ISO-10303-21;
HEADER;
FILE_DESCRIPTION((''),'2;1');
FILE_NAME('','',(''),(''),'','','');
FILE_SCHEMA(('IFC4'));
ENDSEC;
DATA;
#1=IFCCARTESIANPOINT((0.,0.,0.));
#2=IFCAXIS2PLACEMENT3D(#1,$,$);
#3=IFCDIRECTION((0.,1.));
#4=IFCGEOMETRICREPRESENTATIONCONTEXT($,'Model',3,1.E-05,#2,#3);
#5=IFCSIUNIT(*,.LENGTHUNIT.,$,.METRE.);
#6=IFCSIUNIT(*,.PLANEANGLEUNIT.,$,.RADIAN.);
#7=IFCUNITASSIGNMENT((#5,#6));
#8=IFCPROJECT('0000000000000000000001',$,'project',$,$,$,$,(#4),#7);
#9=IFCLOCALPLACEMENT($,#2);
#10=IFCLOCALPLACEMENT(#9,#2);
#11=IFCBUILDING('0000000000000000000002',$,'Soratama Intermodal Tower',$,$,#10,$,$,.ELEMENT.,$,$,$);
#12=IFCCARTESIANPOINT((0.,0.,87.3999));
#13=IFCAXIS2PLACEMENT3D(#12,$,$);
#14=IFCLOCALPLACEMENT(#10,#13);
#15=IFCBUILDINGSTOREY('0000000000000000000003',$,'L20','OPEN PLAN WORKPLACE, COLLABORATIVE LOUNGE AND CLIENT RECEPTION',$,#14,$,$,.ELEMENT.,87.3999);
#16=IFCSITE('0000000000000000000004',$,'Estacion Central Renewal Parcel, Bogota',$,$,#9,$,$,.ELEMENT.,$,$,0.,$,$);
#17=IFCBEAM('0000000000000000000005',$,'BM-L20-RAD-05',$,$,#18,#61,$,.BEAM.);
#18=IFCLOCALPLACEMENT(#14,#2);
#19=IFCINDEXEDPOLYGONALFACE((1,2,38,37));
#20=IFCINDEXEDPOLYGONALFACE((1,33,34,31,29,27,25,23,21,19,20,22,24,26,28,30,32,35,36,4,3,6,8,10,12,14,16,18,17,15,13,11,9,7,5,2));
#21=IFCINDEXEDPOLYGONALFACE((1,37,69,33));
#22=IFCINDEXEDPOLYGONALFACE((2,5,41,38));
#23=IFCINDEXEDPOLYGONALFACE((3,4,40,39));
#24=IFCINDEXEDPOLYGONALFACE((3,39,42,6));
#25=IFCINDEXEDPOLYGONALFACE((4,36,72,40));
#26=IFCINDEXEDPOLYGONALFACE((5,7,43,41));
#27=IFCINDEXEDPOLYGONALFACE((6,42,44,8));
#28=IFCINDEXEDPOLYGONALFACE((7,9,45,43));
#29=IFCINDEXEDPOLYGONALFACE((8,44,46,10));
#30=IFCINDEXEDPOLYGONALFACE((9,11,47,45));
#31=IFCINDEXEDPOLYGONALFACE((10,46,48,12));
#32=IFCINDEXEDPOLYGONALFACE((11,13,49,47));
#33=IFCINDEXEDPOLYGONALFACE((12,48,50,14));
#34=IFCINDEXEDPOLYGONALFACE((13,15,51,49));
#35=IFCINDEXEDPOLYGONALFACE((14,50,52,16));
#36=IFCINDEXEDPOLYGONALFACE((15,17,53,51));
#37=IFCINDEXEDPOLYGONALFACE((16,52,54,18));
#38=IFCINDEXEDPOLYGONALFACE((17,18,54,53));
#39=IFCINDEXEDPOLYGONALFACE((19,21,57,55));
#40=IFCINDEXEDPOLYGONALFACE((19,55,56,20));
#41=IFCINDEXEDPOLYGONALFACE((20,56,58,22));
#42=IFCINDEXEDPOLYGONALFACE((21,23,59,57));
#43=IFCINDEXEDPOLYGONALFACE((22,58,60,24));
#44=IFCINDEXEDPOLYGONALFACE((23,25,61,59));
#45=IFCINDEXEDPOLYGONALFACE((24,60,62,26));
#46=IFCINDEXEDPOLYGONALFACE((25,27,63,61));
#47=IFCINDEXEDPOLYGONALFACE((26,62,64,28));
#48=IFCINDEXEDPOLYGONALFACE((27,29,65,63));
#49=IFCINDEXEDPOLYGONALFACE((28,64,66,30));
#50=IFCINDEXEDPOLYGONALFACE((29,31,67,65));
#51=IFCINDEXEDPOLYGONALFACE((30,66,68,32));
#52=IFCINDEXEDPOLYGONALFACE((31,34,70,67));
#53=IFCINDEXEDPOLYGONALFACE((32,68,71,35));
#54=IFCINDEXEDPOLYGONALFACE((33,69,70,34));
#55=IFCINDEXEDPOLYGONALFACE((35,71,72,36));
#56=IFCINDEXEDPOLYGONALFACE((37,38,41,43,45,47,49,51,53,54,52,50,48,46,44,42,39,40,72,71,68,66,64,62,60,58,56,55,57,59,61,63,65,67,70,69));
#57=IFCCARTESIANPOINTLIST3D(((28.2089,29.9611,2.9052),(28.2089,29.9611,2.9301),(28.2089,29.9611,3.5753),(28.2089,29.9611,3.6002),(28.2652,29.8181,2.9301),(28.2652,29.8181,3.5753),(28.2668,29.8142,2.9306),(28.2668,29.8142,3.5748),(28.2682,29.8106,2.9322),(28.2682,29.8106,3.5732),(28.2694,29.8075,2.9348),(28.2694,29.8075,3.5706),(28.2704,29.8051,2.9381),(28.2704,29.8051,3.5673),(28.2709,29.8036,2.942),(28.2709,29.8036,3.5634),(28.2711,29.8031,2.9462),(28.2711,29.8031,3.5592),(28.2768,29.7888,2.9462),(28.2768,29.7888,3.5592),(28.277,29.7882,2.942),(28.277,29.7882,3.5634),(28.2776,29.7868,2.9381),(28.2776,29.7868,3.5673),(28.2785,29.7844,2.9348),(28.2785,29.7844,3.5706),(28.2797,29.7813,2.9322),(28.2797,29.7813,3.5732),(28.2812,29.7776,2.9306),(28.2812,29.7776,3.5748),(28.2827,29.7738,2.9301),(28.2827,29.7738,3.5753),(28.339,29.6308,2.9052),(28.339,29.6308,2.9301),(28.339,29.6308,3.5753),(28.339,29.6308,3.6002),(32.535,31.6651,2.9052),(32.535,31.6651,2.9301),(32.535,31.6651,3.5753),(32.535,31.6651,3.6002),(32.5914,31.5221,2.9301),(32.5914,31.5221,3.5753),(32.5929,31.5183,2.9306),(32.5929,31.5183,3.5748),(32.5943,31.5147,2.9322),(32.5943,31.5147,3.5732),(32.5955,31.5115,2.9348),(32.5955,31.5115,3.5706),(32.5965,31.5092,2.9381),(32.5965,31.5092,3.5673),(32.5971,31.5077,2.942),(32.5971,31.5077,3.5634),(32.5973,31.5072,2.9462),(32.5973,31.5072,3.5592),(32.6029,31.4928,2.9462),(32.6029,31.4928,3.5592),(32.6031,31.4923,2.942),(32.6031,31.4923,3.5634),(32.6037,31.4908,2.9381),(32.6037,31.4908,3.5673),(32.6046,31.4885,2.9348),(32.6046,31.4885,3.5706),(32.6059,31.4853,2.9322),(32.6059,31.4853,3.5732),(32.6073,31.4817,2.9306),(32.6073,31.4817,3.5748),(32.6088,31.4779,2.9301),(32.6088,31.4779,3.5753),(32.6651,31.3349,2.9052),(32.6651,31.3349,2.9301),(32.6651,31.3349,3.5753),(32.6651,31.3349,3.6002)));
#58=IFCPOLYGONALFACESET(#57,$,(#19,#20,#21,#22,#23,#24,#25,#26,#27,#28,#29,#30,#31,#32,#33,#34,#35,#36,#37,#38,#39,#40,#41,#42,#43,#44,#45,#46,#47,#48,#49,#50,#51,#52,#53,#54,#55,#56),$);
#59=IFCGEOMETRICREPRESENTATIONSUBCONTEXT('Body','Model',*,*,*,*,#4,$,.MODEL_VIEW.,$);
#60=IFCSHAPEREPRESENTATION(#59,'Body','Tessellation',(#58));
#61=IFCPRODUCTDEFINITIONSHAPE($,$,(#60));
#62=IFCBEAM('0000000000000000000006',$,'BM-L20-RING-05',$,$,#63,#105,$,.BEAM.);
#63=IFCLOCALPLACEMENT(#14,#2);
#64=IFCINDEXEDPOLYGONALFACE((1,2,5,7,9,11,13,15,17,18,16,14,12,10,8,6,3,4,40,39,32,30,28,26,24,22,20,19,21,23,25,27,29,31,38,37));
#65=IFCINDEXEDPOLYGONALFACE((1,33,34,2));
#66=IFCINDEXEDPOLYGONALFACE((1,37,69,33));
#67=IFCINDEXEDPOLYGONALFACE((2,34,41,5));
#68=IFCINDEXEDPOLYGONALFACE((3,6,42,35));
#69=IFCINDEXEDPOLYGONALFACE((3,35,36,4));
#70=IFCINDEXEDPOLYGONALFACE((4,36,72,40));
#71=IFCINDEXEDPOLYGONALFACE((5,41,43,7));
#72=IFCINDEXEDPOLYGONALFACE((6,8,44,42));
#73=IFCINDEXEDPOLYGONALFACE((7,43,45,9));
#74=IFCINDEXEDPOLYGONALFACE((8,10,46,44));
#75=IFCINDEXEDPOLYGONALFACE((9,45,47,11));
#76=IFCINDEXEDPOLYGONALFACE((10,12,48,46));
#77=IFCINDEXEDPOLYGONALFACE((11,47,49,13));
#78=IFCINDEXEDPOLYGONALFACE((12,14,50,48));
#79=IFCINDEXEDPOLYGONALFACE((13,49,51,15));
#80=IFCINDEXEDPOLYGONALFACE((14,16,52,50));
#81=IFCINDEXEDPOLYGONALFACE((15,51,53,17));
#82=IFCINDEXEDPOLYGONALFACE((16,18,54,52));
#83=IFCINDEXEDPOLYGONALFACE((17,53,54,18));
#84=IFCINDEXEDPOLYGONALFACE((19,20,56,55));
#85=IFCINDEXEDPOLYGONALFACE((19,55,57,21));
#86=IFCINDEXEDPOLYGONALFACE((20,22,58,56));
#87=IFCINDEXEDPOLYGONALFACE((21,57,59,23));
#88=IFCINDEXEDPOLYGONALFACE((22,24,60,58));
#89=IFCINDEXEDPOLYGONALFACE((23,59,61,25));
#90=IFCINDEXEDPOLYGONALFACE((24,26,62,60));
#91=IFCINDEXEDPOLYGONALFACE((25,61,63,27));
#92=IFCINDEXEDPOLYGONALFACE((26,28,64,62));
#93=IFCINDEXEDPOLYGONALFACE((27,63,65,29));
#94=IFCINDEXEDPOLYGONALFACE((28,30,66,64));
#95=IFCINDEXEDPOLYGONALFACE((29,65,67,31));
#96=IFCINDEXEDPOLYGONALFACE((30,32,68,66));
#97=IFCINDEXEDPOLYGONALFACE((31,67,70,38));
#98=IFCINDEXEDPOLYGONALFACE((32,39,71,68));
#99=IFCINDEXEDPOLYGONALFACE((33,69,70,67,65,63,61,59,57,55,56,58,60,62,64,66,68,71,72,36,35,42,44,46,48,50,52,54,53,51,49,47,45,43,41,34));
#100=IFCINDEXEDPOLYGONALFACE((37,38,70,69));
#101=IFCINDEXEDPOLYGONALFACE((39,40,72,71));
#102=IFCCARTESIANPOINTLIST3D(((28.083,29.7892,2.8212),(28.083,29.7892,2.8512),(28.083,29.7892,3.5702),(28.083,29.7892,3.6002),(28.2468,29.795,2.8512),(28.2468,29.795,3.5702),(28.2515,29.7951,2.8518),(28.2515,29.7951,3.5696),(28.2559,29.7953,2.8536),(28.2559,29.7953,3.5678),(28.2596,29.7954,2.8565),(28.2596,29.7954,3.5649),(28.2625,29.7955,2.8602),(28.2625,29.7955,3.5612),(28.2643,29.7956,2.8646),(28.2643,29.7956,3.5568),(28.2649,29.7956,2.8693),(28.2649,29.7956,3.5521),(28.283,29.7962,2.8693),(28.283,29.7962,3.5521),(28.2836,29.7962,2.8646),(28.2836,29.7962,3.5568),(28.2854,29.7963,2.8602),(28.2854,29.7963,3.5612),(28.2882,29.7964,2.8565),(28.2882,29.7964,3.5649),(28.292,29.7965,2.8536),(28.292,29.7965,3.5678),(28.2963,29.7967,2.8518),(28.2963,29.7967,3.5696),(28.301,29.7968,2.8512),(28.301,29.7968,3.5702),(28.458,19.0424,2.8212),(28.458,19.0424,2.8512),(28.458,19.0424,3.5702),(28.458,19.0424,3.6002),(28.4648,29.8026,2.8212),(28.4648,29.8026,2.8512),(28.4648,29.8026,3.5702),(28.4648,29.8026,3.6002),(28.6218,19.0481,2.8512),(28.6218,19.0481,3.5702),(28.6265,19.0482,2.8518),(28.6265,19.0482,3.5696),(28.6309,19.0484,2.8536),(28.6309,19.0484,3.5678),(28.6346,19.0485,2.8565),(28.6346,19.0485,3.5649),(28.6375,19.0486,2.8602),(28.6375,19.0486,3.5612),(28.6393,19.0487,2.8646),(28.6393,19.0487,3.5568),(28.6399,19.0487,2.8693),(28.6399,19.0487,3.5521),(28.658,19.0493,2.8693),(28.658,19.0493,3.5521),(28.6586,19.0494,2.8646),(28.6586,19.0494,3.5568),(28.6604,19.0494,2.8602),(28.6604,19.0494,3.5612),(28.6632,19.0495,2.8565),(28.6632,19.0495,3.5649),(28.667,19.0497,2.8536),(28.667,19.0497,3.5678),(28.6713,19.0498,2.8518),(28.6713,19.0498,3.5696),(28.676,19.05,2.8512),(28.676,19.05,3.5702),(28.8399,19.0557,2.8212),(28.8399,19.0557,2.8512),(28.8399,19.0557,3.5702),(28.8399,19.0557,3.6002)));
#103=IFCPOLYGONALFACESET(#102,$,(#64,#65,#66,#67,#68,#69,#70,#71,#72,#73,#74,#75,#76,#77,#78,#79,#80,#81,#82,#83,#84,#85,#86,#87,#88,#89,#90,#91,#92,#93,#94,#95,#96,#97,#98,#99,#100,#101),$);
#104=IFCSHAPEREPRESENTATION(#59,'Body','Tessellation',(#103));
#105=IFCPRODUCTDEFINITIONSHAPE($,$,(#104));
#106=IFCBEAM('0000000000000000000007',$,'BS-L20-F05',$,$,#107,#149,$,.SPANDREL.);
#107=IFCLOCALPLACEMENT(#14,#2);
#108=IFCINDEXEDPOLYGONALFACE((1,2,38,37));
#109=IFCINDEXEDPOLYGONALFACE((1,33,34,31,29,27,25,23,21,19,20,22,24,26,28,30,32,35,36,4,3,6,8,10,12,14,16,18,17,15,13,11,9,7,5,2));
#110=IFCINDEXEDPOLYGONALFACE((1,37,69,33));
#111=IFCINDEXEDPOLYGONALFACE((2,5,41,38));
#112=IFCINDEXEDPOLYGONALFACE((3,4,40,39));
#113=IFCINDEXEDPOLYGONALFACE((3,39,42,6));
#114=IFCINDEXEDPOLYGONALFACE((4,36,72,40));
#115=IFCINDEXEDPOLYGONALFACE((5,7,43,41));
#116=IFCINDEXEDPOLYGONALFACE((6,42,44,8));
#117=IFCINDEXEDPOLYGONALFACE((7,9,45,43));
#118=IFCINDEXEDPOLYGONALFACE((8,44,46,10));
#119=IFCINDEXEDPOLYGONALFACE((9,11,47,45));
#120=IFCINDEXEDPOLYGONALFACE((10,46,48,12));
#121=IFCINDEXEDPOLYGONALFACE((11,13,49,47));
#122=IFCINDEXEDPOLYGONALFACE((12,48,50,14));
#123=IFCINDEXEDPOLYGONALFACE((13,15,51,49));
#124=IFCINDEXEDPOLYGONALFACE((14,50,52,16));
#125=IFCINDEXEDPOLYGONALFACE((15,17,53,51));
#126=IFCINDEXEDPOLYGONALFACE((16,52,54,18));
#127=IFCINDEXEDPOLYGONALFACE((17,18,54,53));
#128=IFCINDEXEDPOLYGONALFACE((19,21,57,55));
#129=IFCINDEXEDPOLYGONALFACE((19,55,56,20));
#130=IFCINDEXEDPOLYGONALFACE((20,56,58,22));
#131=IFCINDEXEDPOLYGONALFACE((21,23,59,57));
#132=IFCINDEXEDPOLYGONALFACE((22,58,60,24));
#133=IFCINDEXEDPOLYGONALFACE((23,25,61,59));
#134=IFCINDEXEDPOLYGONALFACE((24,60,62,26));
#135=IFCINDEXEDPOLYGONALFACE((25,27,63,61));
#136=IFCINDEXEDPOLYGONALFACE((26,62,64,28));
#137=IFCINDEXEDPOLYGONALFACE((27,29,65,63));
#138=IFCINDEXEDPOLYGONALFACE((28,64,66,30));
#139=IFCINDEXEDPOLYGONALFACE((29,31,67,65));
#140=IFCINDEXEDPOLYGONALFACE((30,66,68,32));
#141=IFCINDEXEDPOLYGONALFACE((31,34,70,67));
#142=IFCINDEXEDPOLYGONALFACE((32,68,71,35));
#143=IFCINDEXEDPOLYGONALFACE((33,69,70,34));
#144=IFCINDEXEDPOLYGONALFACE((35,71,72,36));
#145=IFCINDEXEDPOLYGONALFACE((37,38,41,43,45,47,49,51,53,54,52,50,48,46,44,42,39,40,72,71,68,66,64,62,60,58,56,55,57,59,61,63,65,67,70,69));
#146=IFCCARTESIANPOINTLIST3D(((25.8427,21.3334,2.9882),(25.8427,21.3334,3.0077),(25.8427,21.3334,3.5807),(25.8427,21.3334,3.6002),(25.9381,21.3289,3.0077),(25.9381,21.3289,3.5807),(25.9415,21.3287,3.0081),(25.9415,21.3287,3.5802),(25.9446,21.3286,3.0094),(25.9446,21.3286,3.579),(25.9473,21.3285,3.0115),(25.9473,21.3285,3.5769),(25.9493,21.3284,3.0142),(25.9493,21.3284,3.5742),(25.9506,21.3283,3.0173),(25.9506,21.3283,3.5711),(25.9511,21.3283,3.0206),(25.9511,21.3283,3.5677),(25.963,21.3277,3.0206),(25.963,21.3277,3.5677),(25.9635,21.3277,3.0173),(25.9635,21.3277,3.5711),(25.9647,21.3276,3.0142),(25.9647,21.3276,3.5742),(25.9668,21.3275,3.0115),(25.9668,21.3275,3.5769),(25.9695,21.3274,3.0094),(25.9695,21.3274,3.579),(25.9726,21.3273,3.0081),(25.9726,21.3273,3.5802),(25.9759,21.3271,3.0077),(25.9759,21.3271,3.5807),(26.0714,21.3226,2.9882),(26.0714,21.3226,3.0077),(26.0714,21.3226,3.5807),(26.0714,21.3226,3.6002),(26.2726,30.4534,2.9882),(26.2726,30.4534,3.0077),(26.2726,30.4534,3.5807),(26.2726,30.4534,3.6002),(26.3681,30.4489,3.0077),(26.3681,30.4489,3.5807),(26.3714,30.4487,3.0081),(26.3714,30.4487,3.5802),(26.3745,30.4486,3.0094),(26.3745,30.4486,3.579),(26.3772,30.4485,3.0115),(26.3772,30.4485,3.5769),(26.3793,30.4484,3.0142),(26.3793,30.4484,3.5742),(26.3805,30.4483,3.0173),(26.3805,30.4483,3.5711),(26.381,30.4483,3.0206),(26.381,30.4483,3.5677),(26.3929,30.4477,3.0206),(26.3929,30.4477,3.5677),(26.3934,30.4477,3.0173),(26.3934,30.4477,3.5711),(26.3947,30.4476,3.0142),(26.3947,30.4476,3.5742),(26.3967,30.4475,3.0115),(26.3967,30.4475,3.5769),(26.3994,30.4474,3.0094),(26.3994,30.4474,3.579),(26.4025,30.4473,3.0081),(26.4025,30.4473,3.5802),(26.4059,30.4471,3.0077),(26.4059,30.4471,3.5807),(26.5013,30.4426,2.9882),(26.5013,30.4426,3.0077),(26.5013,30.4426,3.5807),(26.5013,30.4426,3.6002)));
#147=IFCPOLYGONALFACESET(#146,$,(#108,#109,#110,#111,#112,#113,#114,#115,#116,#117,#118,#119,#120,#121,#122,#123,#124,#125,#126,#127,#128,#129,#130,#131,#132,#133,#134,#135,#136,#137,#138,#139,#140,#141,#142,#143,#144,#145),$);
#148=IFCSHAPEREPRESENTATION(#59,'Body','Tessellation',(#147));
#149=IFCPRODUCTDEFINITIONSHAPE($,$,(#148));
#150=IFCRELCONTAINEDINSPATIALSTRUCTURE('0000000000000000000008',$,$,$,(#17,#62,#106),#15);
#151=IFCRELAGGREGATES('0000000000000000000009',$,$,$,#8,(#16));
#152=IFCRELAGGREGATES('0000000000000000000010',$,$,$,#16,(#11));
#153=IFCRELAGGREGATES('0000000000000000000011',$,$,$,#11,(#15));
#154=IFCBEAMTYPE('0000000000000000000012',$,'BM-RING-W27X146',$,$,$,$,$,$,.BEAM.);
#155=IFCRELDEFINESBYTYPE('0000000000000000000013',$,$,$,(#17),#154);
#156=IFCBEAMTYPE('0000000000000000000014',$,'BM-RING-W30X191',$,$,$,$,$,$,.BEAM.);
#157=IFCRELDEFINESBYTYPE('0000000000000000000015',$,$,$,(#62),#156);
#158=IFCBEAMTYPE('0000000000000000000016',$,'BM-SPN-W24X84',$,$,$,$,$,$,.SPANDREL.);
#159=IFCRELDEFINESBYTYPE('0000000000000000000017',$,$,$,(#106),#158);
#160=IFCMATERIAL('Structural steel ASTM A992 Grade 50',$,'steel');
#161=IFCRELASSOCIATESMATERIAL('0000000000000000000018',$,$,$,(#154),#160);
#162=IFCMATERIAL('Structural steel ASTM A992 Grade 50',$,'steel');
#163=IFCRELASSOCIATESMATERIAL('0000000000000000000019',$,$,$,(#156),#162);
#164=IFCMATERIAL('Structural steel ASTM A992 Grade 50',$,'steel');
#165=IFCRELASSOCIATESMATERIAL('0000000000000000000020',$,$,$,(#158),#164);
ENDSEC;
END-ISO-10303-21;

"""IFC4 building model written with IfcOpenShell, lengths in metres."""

from ifc_helpers import new_model, si_unit, direction, frame, origin, origin_2d, place, context, subcontext, project, spatial, i_section, extrude, material, material_profile, profile_set, type_object, element, save


model = new_model("IFC4")

# Units and contexts
model_context = context("Model", 3, precision=1e-05, world=origin(), true_north=direction((0.0, 1.0)))
body_context = subcontext(model_context, "Body", "Model", "MODEL_VIEW")
ifc_project = project(units=[si_unit("LENGTHUNIT", "METRE"), si_unit("PLANEANGLEUNIT", "RADIAN")], contexts=[model_context])

# Site, building, storey
site_placement = place(None, origin())
site = spatial("IfcSite", under=ifc_project, at=site_placement, Name="Estacion Central Renewal Parcel, Bogota", CompositionType="ELEMENT", RefElevation=0.0)
building_placement = place(site_placement, origin())
building = spatial("IfcBuilding", under=site, at=building_placement, Name="Soratama Intermodal Tower", CompositionType="ELEMENT")
storey_placement = place(building_placement, frame((0.0, 0.0, 87.3999)))
storey = spatial("IfcBuildingStorey", under=building, at=storey_placement, Name="L20", Description="OPEN PLAN WORKPLACE, COLLABORATIVE LOUNGE AND CLIENT RECEPTION", CompositionType="ELEMENT", Elevation=87.3999)

# Beams
ifc_material_1 = material(Name="Structural steel ASTM A992 Grade 50", Category="steel")
ifc_material_profile_1 = material_profile(ifc_material_1, i_section(OverallWidth=0.355, OverallDepth=0.6951, WebThickness=0.0154, FlangeThickness=0.0249, FilletRadius=0.0161, at=origin_2d()), Name="W27X146")
ifc_profile_set_1 = profile_set([ifc_material_profile_1], Name="Structural steel ASTM A992 Grade 50")
beam_type_1 = type_object("IfcBeamType", Name="BM-RING-W27X146", PredefinedType="BEAM", material=ifc_profile_set_1)
beam_1_placement = place(storey_placement, frame((32.6001, 31.5, 3.2527), z_axis=(-0.930419, -0.366497, 0.0), x_axis=(0.366497, -0.930419, 0.0)))
element("IfcBeam", 1, at=beam_1_placement, inside=storey, type_object=beam_type_1, Name="BM-L20-RAD-05", PredefinedType="BEAM", context=body_context, shape_type="SweptSolid", body=[
    extrude(i_section(OverallWidth=0.355, OverallDepth=0.6951, WebThickness=0.0154, FlangeThickness=0.0249, FilletRadius=0.0161, at=origin_2d()), origin(), (0.0, 0.0, 1.0), 4.6497),
])
ifc_material_2 = material(Name="Structural steel ASTM A992 Grade 50", Category="steel")
ifc_material_profile_2 = material_profile(ifc_material_2, i_section(OverallWidth=0.3821, OverallDepth=0.7791, WebThickness=0.0181, FlangeThickness=0.03, FilletRadius=0.0181, at=origin_2d()), Name="W30X191")
ifc_profile_set_2 = profile_set([ifc_material_profile_2], Name="Structural steel ASTM A992 Grade 50")
beam_type_2 = type_object("IfcBeamType", Name="BM-RING-W30X191", PredefinedType="BEAM", material=ifc_profile_set_2)
beam_2_placement = place(storey_placement, frame((28.2739, 29.7959, 3.2107), z_axis=(0.034873, -0.999392, 0.0), x_axis=(0.999392, 0.034873, 0.0)))
element("IfcBeam", 2, at=beam_2_placement, inside=storey, type_object=beam_type_2, Name="BM-L20-RING-05", PredefinedType="BEAM", context=body_context, shape_type="SweptSolid", body=[
    extrude(i_section(OverallWidth=0.3821, OverallDepth=0.7791, WebThickness=0.0181, FlangeThickness=0.03, FilletRadius=0.0181, at=origin_2d()), origin(), (0.0, 0.0, 1.0), 10.7534),
])
ifc_material_3 = material(Name="Structural steel ASTM A992 Grade 50", Category="steel")
ifc_material_profile_3 = material_profile(ifc_material_3, i_section(OverallWidth=0.229, OverallDepth=0.6121, WebThickness=0.012, FlangeThickness=0.0195, FilletRadius=0.0129, at=origin_2d()), Name="W24X84")
ifc_profile_set_3 = profile_set([ifc_material_profile_3], Name="Structural steel ASTM A992 Grade 50")
beam_type_3 = type_object("IfcBeamType", Name="BM-SPN-W24X84", PredefinedType="SPANDREL", material=ifc_profile_set_3)
beam_3_placement = place(storey_placement, frame((26.387, 30.448, 3.2942), z_axis=(-0.047089, -0.998891, 0.0), x_axis=(0.998891, -0.047089, 0.0)))
element("IfcBeam", 3, at=beam_3_placement, inside=storey, type_object=beam_type_3, Name="BS-L20-F05", PredefinedType="SPANDREL", context=body_context, shape_type="SweptSolid", body=[
    extrude(i_section(OverallWidth=0.229, OverallDepth=0.6121, WebThickness=0.012, FlangeThickness=0.0195, FilletRadius=0.0129, at=origin_2d()), origin(), (0.0, 0.0, 1.0), 9.1301),
])

save(model, "model.ifc")
